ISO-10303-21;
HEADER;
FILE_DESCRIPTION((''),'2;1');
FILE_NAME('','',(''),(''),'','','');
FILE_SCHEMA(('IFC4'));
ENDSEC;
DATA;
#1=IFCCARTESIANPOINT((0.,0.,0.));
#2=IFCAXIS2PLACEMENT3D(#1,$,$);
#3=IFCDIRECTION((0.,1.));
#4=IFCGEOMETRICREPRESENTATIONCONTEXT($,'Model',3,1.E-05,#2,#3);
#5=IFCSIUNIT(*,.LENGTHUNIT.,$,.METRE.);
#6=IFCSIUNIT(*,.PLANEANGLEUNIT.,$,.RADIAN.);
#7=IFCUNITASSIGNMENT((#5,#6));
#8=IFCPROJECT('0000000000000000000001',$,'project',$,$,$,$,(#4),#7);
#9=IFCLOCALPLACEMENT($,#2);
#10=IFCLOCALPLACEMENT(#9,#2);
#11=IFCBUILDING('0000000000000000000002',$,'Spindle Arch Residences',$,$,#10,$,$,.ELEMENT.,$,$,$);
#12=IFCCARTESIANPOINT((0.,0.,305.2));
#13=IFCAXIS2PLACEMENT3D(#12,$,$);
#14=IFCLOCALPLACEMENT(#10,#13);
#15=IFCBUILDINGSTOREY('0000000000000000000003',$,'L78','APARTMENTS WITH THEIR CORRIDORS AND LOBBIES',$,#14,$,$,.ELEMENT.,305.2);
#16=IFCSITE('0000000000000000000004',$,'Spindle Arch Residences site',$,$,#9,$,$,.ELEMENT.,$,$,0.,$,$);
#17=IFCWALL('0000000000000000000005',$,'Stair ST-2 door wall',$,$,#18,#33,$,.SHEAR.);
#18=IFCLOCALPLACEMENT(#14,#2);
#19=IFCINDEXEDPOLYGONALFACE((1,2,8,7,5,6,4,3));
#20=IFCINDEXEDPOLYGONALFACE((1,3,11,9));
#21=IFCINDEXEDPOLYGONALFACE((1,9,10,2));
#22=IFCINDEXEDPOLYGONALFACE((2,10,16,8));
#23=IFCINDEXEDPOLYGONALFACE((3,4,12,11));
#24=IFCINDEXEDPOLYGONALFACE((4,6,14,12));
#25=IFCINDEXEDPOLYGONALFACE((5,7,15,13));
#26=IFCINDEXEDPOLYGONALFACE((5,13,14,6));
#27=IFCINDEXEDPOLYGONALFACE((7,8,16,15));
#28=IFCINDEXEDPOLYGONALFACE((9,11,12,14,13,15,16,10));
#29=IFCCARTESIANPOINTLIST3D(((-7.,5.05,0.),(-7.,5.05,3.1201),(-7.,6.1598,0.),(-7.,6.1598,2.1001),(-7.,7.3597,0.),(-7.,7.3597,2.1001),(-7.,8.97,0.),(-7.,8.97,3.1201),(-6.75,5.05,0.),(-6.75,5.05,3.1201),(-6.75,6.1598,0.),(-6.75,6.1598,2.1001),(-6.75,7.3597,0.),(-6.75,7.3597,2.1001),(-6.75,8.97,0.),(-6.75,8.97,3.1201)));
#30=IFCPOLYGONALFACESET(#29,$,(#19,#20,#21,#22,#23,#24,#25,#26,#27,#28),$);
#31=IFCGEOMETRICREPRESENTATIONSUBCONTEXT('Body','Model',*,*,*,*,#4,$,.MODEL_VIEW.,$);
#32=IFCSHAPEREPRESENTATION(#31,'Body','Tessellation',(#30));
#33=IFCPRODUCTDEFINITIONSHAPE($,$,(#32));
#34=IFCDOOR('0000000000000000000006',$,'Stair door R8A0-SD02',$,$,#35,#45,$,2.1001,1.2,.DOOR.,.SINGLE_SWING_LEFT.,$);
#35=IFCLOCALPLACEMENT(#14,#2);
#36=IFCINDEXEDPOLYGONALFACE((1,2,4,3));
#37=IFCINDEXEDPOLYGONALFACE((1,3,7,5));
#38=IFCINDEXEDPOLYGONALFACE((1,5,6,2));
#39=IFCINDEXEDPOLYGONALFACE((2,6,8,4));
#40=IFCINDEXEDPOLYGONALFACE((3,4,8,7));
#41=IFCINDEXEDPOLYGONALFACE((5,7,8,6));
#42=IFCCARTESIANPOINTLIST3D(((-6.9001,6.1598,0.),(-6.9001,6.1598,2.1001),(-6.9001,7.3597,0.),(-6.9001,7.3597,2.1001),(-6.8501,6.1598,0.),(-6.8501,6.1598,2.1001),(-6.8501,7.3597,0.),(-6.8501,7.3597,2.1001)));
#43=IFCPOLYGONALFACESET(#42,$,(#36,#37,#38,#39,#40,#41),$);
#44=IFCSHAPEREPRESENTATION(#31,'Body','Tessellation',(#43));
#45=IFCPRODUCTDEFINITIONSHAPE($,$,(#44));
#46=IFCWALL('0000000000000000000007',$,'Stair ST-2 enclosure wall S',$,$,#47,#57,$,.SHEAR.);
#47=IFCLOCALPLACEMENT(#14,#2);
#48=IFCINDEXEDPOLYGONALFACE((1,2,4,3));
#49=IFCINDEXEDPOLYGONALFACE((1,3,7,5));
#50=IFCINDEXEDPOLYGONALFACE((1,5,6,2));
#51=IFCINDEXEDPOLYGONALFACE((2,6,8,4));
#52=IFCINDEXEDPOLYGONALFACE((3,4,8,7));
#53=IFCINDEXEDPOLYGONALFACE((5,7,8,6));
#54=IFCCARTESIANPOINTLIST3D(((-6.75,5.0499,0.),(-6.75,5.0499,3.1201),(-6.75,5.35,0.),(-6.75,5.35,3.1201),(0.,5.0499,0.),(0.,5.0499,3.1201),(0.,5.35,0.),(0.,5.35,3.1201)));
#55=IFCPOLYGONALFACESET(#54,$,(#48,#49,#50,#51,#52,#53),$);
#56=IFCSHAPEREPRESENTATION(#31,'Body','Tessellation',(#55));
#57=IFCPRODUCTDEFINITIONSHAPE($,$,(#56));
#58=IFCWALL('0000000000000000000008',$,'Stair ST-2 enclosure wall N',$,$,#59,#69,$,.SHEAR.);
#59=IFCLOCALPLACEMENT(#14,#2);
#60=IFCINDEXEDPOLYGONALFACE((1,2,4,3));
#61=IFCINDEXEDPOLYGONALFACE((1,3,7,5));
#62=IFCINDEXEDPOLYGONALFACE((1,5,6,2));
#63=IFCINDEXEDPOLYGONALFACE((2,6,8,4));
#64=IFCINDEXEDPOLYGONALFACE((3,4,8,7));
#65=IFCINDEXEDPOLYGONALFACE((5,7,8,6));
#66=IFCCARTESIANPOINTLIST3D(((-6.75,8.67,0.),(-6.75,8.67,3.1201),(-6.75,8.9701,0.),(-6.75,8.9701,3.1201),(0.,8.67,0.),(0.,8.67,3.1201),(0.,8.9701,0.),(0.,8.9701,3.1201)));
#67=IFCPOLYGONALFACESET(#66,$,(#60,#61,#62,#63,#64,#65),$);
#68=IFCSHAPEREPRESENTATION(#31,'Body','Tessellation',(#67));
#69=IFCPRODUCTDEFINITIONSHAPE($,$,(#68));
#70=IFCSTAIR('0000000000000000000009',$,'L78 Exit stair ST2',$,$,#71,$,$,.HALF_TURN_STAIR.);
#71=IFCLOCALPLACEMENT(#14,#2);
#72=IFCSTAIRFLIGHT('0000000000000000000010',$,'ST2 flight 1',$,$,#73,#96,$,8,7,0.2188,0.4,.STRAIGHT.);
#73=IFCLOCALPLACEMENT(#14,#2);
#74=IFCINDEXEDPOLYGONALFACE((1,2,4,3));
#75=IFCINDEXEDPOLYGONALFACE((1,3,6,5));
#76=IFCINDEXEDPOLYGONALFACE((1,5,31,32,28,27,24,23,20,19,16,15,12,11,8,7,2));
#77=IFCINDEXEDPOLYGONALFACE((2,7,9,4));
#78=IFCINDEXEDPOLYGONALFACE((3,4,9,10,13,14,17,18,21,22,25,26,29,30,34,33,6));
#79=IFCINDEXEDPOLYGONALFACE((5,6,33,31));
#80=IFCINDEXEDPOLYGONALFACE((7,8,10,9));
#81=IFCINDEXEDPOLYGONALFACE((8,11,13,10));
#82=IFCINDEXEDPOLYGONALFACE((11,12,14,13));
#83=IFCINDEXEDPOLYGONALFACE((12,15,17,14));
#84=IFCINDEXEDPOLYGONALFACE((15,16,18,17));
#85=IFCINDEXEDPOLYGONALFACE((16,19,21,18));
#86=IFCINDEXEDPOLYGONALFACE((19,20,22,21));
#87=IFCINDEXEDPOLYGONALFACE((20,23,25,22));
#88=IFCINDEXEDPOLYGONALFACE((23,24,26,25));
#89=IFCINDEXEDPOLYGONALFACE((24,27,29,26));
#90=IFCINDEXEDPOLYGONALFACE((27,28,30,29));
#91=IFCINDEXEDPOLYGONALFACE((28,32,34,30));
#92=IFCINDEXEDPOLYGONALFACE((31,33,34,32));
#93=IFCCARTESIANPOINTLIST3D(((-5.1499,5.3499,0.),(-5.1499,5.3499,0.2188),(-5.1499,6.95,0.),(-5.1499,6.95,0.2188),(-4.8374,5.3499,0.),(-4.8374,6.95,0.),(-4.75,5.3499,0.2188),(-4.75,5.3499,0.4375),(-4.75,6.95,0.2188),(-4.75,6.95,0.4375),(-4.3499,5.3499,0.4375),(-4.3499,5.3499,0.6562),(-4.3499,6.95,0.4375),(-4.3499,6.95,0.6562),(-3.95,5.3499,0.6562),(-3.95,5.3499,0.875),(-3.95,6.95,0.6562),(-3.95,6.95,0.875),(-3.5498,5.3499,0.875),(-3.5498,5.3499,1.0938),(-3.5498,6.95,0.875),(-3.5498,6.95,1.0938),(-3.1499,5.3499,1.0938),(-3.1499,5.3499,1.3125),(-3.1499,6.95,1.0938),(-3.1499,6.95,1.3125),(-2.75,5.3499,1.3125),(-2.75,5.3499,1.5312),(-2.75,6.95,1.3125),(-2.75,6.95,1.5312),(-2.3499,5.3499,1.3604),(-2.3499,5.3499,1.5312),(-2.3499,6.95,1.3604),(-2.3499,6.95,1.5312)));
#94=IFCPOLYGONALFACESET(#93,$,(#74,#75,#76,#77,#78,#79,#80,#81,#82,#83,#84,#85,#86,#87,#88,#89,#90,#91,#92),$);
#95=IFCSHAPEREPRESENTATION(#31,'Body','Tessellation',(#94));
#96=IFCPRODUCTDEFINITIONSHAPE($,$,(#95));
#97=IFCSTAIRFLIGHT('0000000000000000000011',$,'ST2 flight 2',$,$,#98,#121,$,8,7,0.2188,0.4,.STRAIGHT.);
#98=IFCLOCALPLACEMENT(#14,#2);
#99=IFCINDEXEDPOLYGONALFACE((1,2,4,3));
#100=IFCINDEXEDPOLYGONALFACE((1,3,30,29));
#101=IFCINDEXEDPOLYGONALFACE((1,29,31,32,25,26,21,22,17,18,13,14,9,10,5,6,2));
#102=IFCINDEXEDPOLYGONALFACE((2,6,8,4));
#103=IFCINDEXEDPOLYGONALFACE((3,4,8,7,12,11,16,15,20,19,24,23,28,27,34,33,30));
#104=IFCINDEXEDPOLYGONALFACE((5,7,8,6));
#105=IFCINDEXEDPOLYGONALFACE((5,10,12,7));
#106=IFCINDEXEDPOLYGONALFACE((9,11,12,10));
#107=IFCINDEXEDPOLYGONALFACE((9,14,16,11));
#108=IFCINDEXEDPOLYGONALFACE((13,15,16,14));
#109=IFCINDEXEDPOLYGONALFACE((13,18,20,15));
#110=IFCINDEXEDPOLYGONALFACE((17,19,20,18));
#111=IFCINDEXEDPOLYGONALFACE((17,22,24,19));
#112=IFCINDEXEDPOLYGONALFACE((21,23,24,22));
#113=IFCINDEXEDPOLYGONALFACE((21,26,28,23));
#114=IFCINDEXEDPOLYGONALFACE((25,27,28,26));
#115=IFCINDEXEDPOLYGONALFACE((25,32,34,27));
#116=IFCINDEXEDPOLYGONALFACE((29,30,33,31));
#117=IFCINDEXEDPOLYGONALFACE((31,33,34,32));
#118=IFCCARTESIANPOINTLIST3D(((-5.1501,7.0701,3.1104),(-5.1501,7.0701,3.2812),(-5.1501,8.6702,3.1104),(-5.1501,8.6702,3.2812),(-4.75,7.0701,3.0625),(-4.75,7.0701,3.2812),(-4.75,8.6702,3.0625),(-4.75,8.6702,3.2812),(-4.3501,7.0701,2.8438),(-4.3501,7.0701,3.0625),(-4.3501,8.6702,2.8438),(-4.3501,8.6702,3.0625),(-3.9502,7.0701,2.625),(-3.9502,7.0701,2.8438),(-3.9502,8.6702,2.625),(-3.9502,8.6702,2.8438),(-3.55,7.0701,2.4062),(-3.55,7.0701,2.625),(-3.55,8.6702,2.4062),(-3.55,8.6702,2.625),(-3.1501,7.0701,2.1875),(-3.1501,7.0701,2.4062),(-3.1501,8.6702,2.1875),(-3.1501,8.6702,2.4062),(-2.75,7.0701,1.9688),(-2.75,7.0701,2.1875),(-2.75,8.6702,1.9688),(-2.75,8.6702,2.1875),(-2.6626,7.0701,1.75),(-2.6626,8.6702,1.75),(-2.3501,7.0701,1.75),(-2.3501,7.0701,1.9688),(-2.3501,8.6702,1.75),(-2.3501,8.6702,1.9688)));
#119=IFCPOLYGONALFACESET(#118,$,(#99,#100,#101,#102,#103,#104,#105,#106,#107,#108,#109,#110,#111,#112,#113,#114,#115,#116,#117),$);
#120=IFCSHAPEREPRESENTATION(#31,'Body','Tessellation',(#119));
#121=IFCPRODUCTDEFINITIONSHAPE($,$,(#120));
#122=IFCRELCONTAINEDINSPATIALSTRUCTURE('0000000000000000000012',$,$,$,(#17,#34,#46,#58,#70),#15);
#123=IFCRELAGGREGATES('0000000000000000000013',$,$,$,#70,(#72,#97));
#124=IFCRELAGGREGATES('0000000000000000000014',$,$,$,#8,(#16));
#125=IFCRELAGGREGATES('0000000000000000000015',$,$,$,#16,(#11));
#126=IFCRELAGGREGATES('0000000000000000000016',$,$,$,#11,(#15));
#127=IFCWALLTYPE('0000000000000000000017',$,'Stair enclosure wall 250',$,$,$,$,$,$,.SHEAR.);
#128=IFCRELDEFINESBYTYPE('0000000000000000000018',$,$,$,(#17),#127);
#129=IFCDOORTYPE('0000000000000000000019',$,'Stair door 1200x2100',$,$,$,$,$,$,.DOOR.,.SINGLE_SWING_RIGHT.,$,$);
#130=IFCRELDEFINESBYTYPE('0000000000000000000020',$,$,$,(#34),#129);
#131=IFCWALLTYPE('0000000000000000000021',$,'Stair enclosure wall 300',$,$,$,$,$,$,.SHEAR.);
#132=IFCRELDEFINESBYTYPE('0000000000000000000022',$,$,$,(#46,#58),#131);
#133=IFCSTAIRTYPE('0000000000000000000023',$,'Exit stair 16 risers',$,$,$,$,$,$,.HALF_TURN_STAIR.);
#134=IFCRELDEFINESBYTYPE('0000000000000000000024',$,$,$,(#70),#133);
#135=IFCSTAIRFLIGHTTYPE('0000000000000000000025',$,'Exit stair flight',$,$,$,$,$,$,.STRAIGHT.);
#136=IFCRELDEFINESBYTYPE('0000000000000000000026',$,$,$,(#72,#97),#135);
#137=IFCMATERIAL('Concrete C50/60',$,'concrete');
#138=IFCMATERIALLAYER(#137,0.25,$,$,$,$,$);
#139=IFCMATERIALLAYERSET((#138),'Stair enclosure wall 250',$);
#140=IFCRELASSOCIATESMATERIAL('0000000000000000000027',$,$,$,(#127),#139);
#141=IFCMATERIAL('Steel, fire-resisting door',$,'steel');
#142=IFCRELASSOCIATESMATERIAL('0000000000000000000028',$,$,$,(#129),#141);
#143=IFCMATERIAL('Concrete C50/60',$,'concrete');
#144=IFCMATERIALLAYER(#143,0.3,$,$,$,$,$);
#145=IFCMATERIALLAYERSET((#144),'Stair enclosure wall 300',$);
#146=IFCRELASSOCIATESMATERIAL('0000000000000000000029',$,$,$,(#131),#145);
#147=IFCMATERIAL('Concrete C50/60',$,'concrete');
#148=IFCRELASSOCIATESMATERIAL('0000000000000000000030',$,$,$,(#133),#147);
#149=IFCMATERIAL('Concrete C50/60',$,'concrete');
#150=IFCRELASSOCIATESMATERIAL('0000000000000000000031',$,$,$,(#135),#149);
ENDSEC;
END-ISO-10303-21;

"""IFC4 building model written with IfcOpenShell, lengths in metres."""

from ifc_helpers import new_model, si_unit, direction, frame, frame_2d, origin, place, context, subcontext, project, spatial, polyline, rectangle, outline, extrude, material, layer, layer_set, type_object, element, fill, aggregate, save


model = new_model("IFC4")

# Units and contexts
model_context = context("Model", 3, precision=1e-05, world=origin(), true_north=direction((0.0, 1.0)))
body_context = subcontext(model_context, "Body", "Model", "MODEL_VIEW")
ifc_project = project(units=[si_unit("LENGTHUNIT", "METRE"), si_unit("PLANEANGLEUNIT", "RADIAN")], contexts=[model_context])

# Site, building, storey
site_placement = place(None, origin())
site = spatial("IfcSite", under=ifc_project, at=site_placement, Name="Spindle Arch Residences site", CompositionType="ELEMENT", RefElevation=0.0)
building_placement = place(site_placement, origin())
building = spatial("IfcBuilding", under=site, at=building_placement, Name="Spindle Arch Residences", CompositionType="ELEMENT")
storey_placement = place(building_placement, frame((0.0, 0.0, 305.2)))
storey = spatial("IfcBuildingStorey", under=building, at=storey_placement, Name="L78", Description="APARTMENTS WITH THEIR CORRIDORS AND LOBBIES", CompositionType="ELEMENT", Elevation=305.2)

# Wall, opening, door
ifc_material_1 = material(Name="Concrete C50/60", Category="concrete")
ifc_layer_1 = layer(ifc_material_1, 0.25)
ifc_layer_set_1 = layer_set([ifc_layer_1], Name="Stair enclosure wall 250")
wall_type_1 = type_object("IfcWallType", Name="Stair enclosure wall 250", PredefinedType="SHEAR", material=ifc_layer_set_1)
wall_1_placement = place(storey_placement, frame((-6.875, 8.97, 0.0), z_axis=(0.0, 0.0, 1.0), x_axis=(0.0, -1.0, 0.0)))
wall_1 = element("IfcWall", 1, at=wall_1_placement, inside=storey, type_object=wall_type_1, Name="Stair ST-2 door wall", PredefinedType="SHEAR", context=body_context, shape_type="SweptSolid", body=[
    extrude(rectangle(XDim=3.9199, YDim=0.25, at=frame_2d((1.96, 0.0))), origin(), (0.0, 0.0, 1.0), 3.1201),
])
opening_1_placement = place(wall_1_placement, frame((1.6101, 0.0, 0.0)))
opening_1 = element("IfcOpeningElement", 2, at=opening_1_placement, cuts=wall_1, PredefinedType="OPENING", context=body_context, shape_type="SweptSolid", body=[
    extrude(rectangle(XDim=1.2, YDim=2.1001, at=frame_2d((0.6001, 1.05))), frame((0.0, 0.135, 0.0), z_axis=(0.0, -1.0, 0.0), x_axis=(1.0, 0.0, 0.0)), (0.0, 0.0, 1.0), 0.27),
])
ifc_material_2 = material(Name="Steel, fire-resisting door", Category="steel")
door_type_1 = type_object("IfcDoorType", Name="Stair door 1200x2100", OperationType="SINGLE_SWING_RIGHT", PredefinedType="DOOR", material=ifc_material_2)
door_1_placement = place(opening_1_placement, origin())
door_1 = element("IfcDoor", 3, at=door_1_placement, inside=storey, type_object=door_type_1, Name="Stair door R8A0-SD02", OperationType="SINGLE_SWING_LEFT", OverallHeight=2.1001, OverallWidth=1.2, PredefinedType="DOOR", context=body_context, shape_type="SweptSolid", body=[
    extrude(rectangle(XDim=1.2, YDim=2.1001, at=frame_2d((0.6001, 1.05))), frame((0.0, 0.0249, 0.0), z_axis=(0.0, -1.0, 0.0), x_axis=(1.0, 0.0, 0.0)), (0.0, 0.0, 1.0), 0.05),
])
fill(opening_1, door_1)

# Walls
ifc_material_3 = material(Name="Concrete C50/60", Category="concrete")
ifc_layer_2 = layer(ifc_material_3, 0.3)
ifc_layer_set_2 = layer_set([ifc_layer_2], Name="Stair enclosure wall 300")
wall_type_2 = type_object("IfcWallType", Name="Stair enclosure wall 300", PredefinedType="SHEAR", material=ifc_layer_set_2)
for number, where, z_axis, x_axis, name in (
    (4, (-6.75, 5.2, 0.0), (0.0, 0.0, 1.0), (1.0, 0.0, 0.0), "Stair ST-2 enclosure wall S"),
    (5, (-6.75, 8.8201, 0.0), (0.0, 0.0, 1.0), (1.0, 0.0, 0.0), "Stair ST-2 enclosure wall N"),
):
    element("IfcWall", number, at=place(storey_placement, frame(where, z_axis=z_axis, x_axis=x_axis)), inside=storey, type_object=wall_type_2, Name=name, PredefinedType="SHEAR", context=body_context, shape_type="SweptSolid", body=[
        extrude(rectangle(XDim=6.75, YDim=0.3, at=frame_2d((3.375, 0.0))), origin(), (0.0, 0.0, 1.0), 3.1201),
    ])

# Stair, stair flights
ifc_material_4 = material(Name="Concrete C50/60", Category="concrete")
stair_type = type_object("IfcStairType", Name="Exit stair 16 risers", PredefinedType="HALF_TURN_STAIR", material=ifc_material_4)
stair_placement = place(storey_placement, origin())
stair = element("IfcStair", 6, at=stair_placement, inside=storey, type_object=stair_type, Name="L78 Exit stair ST2", PredefinedType="HALF_TURN_STAIR")
ifc_material_5 = material(Name="Concrete C50/60", Category="concrete")
stair_flight_type = type_object("IfcStairFlightType", Name="Exit stair flight", PredefinedType="STRAIGHT", material=ifc_material_5)
stair_flight_1_placement = place(storey_placement, frame((-5.1499, 6.1499, 0.0), z_axis=(0.0, 0.0, 1.0), x_axis=(1.0, 0.0, 0.0)))
stair_flight_1 = element("IfcStairFlight", 7, at=stair_flight_1_placement, type_object=stair_flight_type, Name="ST2 flight 1", NumberOfRisers=8, NumberOfTreads=7, PredefinedType="STRAIGHT", RiserHeight=0.2188, TreadLength=0.4, context=body_context, shape_type="SweptSolid", body=[
    extrude(outline(polyline([(0.0, 0.0), (0.0, 0.2188), (0.3999, 0.2188), (0.3999, 0.4375), (0.8, 0.4375), (0.8, 0.6562), (1.2, 0.6562), (1.2, 0.875), (1.6001, 0.875), (1.6001, 1.0938), (2.0, 1.0938), (2.0, 1.3125), (2.3999, 1.3125), (2.3999, 1.5312), (2.8, 1.5312), (2.8, 1.75), (2.8, 1.3604), (0.3125, 0.0), (0.0, 0.0)])), frame((0.0, 0.8, 0.0), z_axis=(0.0, -1.0, 0.0), x_axis=(1.0, 0.0, 0.0)), (0.0, 0.0, 1.0), 1.6001),
])
stair_flight_2_placement = place(storey_placement, frame((-2.3501, 7.8701, 1.75), z_axis=(0.0, 0.0, 1.0), x_axis=(-1.0, 0.0, 0.0)))
stair_flight_2 = element("IfcStairFlight", 8, at=stair_flight_2_placement, type_object=stair_flight_type, Name="ST2 flight 2", NumberOfRisers=8, NumberOfTreads=7, PredefinedType="STRAIGHT", RiserHeight=0.2188, TreadLength=0.4, context=body_context, shape_type="SweptSolid", body=[
    extrude(outline(polyline([(0.0, 0.0), (0.0, 0.2188), (0.3999, 0.2188), (0.3999, 0.4375), (0.8, 0.4375), (0.8, 0.6562), (1.2, 0.6562), (1.2, 0.875), (1.6001, 0.875), (1.6001, 1.0938), (2.0, 1.0938), (2.0, 1.3125), (2.3999, 1.3125), (2.3999, 1.5312), (2.8, 1.5312), (2.8, 1.75), (2.8, 1.3604), (0.3125, 0.0), (0.0, 0.0)])), frame((0.0, 0.8, 0.0), z_axis=(0.0, -1.0, 0.0), x_axis=(1.0, 0.0, 0.0)), (0.0, 0.0, 1.0), 1.6001),
])
aggregate(stair, [stair_flight_1, stair_flight_2])

save(model, "model.ifc")
